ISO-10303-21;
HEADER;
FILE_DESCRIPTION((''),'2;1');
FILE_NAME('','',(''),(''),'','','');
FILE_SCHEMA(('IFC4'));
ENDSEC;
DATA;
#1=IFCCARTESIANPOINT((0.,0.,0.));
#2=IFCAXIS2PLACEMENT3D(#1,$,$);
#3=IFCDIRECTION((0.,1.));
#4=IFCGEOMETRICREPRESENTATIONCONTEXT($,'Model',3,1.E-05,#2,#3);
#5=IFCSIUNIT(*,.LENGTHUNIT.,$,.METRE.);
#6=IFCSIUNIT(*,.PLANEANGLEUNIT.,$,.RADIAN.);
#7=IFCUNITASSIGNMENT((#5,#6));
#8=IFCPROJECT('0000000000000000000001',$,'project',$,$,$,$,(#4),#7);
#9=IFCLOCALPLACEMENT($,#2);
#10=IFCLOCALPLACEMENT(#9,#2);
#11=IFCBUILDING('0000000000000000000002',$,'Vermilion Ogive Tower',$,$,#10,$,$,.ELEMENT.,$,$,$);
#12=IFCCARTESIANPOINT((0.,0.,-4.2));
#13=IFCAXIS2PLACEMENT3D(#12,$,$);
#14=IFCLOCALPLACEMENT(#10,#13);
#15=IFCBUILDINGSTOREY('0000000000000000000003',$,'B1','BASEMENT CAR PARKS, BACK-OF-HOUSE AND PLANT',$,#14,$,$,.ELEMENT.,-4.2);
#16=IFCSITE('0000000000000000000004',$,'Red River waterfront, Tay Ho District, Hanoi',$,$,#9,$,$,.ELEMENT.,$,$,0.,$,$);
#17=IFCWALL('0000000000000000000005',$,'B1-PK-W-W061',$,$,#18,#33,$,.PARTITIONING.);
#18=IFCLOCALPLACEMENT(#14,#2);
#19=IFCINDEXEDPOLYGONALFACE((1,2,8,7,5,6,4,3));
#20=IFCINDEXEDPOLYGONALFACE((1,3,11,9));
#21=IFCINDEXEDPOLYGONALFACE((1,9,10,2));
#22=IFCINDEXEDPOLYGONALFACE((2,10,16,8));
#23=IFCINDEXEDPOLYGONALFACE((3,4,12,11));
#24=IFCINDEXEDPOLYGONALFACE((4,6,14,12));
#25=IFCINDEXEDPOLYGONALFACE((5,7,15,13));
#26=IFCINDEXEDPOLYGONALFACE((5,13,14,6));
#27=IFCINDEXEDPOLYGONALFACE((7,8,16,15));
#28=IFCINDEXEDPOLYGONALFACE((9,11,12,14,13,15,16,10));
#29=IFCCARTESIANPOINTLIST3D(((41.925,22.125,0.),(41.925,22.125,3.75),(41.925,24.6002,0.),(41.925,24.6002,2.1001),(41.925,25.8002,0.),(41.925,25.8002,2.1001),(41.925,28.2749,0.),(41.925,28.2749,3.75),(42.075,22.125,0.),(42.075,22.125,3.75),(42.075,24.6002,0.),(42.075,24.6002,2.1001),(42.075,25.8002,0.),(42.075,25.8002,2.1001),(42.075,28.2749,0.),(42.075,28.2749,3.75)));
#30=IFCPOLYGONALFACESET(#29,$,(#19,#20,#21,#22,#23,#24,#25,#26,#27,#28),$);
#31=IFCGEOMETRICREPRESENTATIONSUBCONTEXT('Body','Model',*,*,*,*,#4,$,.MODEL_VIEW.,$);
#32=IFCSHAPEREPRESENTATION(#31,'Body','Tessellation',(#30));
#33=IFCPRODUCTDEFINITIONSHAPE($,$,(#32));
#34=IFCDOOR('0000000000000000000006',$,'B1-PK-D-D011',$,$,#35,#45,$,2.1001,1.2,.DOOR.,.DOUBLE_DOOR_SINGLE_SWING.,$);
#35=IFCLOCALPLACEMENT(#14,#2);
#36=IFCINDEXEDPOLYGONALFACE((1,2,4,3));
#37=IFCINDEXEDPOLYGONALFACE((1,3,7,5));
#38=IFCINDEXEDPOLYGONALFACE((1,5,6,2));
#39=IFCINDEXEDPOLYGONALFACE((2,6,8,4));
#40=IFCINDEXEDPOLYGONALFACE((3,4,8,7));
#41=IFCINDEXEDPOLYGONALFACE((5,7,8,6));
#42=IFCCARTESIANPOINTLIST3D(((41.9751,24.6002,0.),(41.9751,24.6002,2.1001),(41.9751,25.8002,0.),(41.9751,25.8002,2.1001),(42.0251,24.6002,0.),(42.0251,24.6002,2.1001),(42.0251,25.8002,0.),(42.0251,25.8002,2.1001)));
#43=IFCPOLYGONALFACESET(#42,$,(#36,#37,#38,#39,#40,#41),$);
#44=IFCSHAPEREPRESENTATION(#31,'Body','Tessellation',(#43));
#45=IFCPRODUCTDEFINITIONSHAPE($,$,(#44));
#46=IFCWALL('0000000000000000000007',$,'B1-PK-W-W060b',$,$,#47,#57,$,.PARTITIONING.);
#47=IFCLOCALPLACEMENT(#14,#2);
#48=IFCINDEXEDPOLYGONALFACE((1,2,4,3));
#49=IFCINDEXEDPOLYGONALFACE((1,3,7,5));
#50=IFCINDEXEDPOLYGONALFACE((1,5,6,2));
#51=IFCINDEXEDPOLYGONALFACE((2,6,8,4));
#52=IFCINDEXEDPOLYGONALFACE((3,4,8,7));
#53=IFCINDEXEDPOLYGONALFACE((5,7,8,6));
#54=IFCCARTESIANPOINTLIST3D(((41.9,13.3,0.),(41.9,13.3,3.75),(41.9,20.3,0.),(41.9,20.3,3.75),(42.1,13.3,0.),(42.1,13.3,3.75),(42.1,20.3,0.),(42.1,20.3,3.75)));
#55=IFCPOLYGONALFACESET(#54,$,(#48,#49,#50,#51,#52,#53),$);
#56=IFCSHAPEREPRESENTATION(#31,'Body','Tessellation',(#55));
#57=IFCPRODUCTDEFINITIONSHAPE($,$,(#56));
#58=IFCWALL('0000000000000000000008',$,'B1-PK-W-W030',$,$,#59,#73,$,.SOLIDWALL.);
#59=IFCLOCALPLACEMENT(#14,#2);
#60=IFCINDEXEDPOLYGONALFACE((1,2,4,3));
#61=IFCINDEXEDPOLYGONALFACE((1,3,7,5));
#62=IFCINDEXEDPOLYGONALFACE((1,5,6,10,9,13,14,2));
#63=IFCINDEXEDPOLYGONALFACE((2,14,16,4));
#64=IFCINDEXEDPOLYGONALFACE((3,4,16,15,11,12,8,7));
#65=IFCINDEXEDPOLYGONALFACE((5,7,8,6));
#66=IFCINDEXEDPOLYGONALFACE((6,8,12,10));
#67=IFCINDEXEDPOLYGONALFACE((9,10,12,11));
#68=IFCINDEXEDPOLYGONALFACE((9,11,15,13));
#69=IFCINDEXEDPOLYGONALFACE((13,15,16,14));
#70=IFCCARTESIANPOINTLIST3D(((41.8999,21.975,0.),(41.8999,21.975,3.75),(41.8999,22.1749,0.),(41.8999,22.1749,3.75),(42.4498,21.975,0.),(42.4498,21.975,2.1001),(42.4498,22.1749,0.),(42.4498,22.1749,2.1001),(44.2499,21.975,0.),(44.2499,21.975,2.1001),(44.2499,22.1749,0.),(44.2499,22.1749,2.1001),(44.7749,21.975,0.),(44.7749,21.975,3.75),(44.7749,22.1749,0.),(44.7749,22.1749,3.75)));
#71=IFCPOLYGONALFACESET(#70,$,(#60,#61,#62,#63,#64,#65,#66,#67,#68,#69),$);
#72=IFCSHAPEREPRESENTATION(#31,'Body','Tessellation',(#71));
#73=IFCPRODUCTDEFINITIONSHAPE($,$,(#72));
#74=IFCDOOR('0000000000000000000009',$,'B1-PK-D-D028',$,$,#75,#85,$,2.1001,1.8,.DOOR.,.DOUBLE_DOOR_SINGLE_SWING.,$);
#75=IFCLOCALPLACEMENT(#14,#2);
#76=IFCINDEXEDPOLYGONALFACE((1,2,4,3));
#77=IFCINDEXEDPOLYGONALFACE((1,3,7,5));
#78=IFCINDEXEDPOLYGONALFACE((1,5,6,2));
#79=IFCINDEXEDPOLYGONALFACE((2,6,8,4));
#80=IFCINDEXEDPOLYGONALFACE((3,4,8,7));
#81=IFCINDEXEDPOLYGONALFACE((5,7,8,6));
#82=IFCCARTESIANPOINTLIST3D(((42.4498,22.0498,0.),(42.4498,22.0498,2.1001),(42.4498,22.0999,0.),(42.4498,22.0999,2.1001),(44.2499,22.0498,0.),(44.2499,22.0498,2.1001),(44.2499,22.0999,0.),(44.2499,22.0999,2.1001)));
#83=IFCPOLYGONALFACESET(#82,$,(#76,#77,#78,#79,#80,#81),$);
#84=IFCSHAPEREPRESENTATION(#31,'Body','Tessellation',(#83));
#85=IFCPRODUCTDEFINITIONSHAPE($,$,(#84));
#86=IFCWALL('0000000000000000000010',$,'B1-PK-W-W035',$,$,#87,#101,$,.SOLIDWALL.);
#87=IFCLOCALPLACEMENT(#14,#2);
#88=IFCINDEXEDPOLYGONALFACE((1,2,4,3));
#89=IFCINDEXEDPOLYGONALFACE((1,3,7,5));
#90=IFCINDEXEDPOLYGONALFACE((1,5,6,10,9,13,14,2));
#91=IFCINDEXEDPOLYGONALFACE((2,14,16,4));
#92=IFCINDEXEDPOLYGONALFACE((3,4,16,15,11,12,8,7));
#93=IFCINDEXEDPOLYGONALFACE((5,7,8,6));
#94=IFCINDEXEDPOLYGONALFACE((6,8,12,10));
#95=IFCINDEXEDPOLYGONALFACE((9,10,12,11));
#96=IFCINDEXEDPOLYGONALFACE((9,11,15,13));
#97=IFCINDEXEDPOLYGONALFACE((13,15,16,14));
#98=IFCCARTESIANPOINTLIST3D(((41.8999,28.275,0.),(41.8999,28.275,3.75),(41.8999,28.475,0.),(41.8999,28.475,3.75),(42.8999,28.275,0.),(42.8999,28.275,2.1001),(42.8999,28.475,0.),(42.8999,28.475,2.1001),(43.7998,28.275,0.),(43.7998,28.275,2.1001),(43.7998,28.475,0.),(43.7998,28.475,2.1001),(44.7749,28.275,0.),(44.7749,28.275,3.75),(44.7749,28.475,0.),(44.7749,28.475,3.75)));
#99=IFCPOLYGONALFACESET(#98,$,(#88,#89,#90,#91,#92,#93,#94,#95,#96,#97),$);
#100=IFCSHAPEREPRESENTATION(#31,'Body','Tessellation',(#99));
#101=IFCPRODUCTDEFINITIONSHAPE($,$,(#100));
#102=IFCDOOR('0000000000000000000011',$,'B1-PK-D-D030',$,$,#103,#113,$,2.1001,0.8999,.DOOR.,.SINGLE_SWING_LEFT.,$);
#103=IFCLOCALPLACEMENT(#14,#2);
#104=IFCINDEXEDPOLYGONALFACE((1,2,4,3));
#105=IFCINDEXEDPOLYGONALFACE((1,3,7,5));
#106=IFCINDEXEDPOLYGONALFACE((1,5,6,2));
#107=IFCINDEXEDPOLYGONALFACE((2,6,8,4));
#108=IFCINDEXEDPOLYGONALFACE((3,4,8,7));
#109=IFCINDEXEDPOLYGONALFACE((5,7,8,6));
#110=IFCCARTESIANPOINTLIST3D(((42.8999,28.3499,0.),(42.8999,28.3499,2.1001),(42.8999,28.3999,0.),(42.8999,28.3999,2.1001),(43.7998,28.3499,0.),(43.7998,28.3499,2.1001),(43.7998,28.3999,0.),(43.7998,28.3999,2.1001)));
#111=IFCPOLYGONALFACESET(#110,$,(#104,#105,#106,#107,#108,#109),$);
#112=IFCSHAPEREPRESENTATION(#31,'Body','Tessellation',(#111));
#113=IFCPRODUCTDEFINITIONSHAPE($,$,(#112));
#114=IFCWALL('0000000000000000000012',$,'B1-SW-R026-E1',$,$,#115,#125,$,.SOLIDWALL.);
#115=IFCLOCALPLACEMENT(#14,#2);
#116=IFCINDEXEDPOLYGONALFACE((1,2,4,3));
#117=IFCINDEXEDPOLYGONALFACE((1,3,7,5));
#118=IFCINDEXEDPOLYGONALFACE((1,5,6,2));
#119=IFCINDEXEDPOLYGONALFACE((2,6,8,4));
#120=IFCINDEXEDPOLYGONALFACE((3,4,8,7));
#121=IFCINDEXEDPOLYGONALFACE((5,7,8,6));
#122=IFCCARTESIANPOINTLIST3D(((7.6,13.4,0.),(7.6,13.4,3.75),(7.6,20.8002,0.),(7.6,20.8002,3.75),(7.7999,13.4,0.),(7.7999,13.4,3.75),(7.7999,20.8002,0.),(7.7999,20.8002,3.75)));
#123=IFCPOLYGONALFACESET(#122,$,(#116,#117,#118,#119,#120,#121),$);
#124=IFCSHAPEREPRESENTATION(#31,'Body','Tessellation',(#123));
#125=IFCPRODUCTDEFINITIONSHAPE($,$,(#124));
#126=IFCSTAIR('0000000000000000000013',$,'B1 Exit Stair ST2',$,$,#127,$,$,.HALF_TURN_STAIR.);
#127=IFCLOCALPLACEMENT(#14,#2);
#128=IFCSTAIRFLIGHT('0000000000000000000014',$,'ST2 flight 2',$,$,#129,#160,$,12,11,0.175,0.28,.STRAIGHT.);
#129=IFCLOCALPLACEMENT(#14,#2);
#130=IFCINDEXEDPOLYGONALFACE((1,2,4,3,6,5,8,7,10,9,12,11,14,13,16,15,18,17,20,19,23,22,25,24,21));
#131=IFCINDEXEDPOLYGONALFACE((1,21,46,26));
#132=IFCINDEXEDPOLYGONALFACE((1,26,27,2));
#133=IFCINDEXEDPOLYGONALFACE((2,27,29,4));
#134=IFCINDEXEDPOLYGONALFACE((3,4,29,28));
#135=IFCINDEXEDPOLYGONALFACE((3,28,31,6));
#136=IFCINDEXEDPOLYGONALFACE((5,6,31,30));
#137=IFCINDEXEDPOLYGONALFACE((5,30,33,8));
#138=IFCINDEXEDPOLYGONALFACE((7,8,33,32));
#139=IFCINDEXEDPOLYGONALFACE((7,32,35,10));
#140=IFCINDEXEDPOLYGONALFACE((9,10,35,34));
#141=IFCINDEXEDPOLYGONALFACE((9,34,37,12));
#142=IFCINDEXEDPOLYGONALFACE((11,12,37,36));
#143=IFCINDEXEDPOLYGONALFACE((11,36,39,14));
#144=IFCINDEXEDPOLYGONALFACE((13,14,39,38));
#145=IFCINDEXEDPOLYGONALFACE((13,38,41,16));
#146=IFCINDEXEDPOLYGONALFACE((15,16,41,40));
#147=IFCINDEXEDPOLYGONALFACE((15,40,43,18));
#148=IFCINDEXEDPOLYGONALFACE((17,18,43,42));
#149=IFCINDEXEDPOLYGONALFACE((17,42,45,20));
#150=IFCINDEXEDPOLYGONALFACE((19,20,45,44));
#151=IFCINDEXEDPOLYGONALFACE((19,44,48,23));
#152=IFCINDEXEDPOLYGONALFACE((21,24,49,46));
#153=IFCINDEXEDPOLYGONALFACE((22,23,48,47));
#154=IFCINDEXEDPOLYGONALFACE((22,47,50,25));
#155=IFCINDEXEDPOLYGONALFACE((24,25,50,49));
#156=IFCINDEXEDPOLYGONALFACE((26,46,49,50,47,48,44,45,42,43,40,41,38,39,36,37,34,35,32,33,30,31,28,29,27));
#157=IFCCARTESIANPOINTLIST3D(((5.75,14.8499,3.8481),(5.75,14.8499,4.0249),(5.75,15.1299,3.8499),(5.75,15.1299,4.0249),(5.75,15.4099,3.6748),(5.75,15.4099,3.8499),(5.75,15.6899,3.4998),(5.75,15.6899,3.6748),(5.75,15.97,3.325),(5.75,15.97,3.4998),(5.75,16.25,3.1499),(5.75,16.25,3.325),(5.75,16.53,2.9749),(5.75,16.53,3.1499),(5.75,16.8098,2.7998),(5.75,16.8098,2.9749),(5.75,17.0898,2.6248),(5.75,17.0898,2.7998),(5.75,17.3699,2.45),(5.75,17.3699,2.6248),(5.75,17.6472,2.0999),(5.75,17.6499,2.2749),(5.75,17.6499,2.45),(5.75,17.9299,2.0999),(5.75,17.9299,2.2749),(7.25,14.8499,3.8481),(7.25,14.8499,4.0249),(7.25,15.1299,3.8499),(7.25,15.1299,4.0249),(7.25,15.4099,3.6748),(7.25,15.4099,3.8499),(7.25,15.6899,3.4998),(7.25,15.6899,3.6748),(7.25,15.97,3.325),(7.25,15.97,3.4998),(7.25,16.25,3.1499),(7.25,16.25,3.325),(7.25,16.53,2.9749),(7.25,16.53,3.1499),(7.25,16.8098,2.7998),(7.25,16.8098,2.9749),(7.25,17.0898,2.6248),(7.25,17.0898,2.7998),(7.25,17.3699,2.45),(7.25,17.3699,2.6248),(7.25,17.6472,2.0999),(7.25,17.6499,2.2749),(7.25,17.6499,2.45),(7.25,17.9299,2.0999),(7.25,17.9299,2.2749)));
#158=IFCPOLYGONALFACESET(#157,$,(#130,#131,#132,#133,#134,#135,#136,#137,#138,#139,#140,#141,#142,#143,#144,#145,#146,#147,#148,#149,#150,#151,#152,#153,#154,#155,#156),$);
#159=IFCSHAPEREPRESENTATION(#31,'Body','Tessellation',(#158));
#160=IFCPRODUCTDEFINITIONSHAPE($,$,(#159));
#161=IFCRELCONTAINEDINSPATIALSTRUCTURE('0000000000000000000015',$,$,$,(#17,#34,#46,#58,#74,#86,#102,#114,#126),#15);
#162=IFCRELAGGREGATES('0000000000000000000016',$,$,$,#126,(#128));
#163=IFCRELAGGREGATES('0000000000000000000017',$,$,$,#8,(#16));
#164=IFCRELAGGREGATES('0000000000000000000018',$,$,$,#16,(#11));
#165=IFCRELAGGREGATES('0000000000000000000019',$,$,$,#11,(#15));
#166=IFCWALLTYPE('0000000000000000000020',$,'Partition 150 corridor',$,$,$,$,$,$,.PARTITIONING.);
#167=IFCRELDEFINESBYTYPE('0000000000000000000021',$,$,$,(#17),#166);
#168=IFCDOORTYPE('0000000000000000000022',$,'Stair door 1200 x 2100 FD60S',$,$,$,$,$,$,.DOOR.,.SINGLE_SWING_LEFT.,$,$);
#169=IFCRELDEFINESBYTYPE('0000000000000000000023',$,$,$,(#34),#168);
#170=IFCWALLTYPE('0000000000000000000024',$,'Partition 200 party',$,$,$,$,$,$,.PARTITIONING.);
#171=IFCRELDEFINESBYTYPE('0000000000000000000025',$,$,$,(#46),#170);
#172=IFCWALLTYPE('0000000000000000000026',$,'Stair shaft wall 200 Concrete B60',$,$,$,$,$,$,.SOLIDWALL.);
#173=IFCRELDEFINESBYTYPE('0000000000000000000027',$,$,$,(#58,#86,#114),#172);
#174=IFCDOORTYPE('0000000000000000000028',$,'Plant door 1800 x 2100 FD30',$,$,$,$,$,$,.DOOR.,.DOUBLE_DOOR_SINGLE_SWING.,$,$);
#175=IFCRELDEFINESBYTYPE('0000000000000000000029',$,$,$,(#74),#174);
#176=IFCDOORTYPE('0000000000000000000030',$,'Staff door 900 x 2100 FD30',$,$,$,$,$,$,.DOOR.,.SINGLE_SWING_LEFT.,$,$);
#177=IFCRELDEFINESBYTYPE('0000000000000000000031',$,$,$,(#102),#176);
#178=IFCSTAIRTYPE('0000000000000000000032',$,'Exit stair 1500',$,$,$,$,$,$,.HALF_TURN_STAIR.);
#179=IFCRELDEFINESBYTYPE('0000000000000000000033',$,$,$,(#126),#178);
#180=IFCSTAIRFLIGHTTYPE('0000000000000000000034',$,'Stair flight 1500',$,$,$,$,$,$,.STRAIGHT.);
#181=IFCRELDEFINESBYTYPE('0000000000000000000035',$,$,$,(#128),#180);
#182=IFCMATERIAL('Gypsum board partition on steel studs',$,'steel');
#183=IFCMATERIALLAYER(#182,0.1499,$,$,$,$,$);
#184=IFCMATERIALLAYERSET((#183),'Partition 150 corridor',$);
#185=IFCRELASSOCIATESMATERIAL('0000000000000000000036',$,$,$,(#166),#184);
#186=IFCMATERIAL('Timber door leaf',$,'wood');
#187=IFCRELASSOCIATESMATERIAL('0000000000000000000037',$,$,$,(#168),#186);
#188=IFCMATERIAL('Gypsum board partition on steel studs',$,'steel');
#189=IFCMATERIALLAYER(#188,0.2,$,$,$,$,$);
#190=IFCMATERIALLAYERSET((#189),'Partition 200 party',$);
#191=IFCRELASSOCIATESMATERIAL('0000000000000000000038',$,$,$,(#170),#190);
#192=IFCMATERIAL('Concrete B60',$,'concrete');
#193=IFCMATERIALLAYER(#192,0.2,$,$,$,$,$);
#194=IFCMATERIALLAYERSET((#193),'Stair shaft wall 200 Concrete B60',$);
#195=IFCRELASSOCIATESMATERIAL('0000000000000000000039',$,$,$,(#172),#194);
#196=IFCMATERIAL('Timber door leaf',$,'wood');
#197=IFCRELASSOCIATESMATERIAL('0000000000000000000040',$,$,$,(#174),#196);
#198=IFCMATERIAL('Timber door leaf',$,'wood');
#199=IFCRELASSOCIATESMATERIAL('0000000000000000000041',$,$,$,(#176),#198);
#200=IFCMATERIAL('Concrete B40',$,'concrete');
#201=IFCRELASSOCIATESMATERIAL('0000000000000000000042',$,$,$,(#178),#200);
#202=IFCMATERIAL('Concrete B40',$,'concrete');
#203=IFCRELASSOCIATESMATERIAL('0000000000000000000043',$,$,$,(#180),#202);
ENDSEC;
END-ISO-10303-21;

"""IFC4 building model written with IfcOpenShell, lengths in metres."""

from ifc_helpers import new_model, si_unit, direction, frame, frame_2d, origin, place, context, subcontext, project, spatial, polyline, rectangle, outline, extrude, material, layer, layer_set, type_object, element, fill, aggregate, save


model = new_model("IFC4")

# Units and contexts
model_context = context("Model", 3, precision=1e-05, world=origin(), true_north=direction((0.0, 1.0)))
body_context = subcontext(model_context, "Body", "Model", "MODEL_VIEW")
ifc_project = project(units=[si_unit("LENGTHUNIT", "METRE"), si_unit("PLANEANGLEUNIT", "RADIAN")], contexts=[model_context])

# Site, building, storey
site_placement = place(None, origin())
site = spatial("IfcSite", under=ifc_project, at=site_placement, Name="Red River waterfront, Tay Ho District, Hanoi", CompositionType="ELEMENT", RefElevation=0.0)
building_placement = place(site_placement, origin())
building = spatial("IfcBuilding", under=site, at=building_placement, Name="Vermilion Ogive Tower", CompositionType="ELEMENT")
storey_placement = place(building_placement, frame((0.0, 0.0, -4.2)))
storey = spatial("IfcBuildingStorey", under=building, at=storey_placement, Name="B1", Description="BASEMENT CAR PARKS, BACK-OF-HOUSE AND PLANT", CompositionType="ELEMENT", Elevation=-4.2)

# Wall, opening, door
ifc_material_1 = material(Name="Gypsum board partition on steel studs", Category="steel")
ifc_layer_1 = layer(ifc_material_1, 0.1499)
ifc_layer_set_1 = layer_set([ifc_layer_1], Name="Partition 150 corridor")
wall_type_1 = type_object("IfcWallType", Name="Partition 150 corridor", PredefinedType="PARTITIONING", material=ifc_layer_set_1)
wall_1_placement = place(storey_placement, frame((42.0, 22.125, 0.0), z_axis=(0.0, 0.0, 1.0), x_axis=(0.0, 1.0, 0.0)))
wall_1 = element("IfcWall", 1, at=wall_1_placement, inside=storey, type_object=wall_type_1, Name="B1-PK-W-W061", PredefinedType="PARTITIONING", context=body_context, shape_type="SweptSolid", body=[
    extrude(rectangle(XDim=6.1499, YDim=0.1499, at=frame_2d((3.075, 0.0))), origin(), (0.0, 0.0, 1.0), 3.75),
])
opening_1_placement = place(wall_1_placement, frame((2.4751, 0.0, 0.0)))
opening_1 = element("IfcOpeningElement", 2, at=opening_1_placement, cuts=wall_1, PredefinedType="OPENING", context=body_context, shape_type="SweptSolid", body=[
    extrude(rectangle(XDim=1.2, YDim=2.1001, at=frame_2d((0.6001, 1.05))), frame((0.0, 0.085, 0.0), z_axis=(0.0, -1.0, 0.0), x_axis=(1.0, 0.0, 0.0)), (0.0, 0.0, 1.0), 0.1699),
])
ifc_material_2 = material(Name="Timber door leaf", Category="wood")
door_type_1 = type_object("IfcDoorType", Name="Stair door 1200 x 2100 FD60S", OperationType="SINGLE_SWING_LEFT", PredefinedType="DOOR", material=ifc_material_2)
door_1_placement = place(opening_1_placement, origin())
door_1 = element("IfcDoor", 3, at=door_1_placement, inside=storey, type_object=door_type_1, Name="B1-PK-D-D011", OperationType="DOUBLE_DOOR_SINGLE_SWING", OverallHeight=2.1001, OverallWidth=1.2, PredefinedType="DOOR", context=body_context, shape_type="SweptSolid", body=[
    extrude(rectangle(XDim=1.2, YDim=2.1001, at=frame_2d((0.6001, 1.05))), frame((0.0, 0.0249, 0.0), z_axis=(0.0, -1.0, 0.0), x_axis=(1.0, 0.0, 0.0)), (0.0, 0.0, 1.0), 0.05),
])
fill(opening_1, door_1)

# Wall
ifc_material_3 = material(Name="Gypsum board partition on steel studs", Category="steel")
ifc_layer_2 = layer(ifc_material_3, 0.2)
ifc_layer_set_2 = layer_set([ifc_layer_2], Name="Partition 200 party")
wall_type_2 = type_object("IfcWallType", Name="Partition 200 party", PredefinedType="PARTITIONING", material=ifc_layer_set_2)
wall_2_placement = place(storey_placement, frame((42.0, 13.3, 0.0), z_axis=(0.0, 0.0, 1.0), x_axis=(0.0, 1.0, 0.0)))
element("IfcWall", 4, at=wall_2_placement, inside=storey, type_object=wall_type_2, Name="B1-PK-W-W060b", PredefinedType="PARTITIONING", context=body_context, shape_type="SweptSolid", body=[
    extrude(rectangle(XDim=7.0, YDim=0.2, at=frame_2d((3.5, 0.0))), origin(), (0.0, 0.0, 1.0), 3.75),
])

# Walls, openings, doors
ifc_material_4 = material(Name="Concrete B60", Category="concrete")
ifc_layer_3 = layer(ifc_material_4, 0.2)
ifc_layer_set_3 = layer_set([ifc_layer_3], Name="Stair shaft wall 200 Concrete B60")
wall_type_3 = type_object("IfcWallType", Name="Stair shaft wall 200 Concrete B60", PredefinedType="SOLIDWALL", material=ifc_layer_set_3)
wall_3_placement = place(storey_placement, frame((41.8999, 22.075, 0.0), z_axis=(0.0, 0.0, 1.0), x_axis=(1.0, 0.0, 0.0)))
wall_3 = element("IfcWall", 5, at=wall_3_placement, inside=storey, type_object=wall_type_3, Name="B1-PK-W-W030", PredefinedType="SOLIDWALL", context=body_context, shape_type="SweptSolid", body=[
    extrude(rectangle(XDim=2.875, YDim=0.2, at=frame_2d((1.4375, 0.0))), origin(), (0.0, 0.0, 1.0), 3.75),
])
opening_2_placement = place(wall_3_placement, frame((0.55, 0.0, 0.0)))
opening_2 = element("IfcOpeningElement", 6, at=opening_2_placement, cuts=wall_3, PredefinedType="OPENING", context=body_context, shape_type="SweptSolid", body=[
    extrude(rectangle(XDim=1.8, YDim=2.1001, at=frame_2d((0.8999, 1.05))), frame((0.0, 0.1099, 0.0), z_axis=(0.0, -1.0, 0.0), x_axis=(1.0, 0.0, 0.0)), (0.0, 0.0, 1.0), 0.22),
])
ifc_material_5 = material(Name="Timber door leaf", Category="wood")
door_type_2 = type_object("IfcDoorType", Name="Plant door 1800 x 2100 FD30", OperationType="DOUBLE_DOOR_SINGLE_SWING", PredefinedType="DOOR", material=ifc_material_5)
door_2_placement = place(opening_2_placement, origin())
door_2 = element("IfcDoor", 7, at=door_2_placement, inside=storey, type_object=door_type_2, Name="B1-PK-D-D028", OperationType="DOUBLE_DOOR_SINGLE_SWING", OverallHeight=2.1001, OverallWidth=1.8, PredefinedType="DOOR", context=body_context, shape_type="SweptSolid", body=[
    extrude(rectangle(XDim=1.8, YDim=2.1001, at=frame_2d((0.8999, 1.05))), frame((0.0, 0.0249, 0.0), z_axis=(0.0, -1.0, 0.0), x_axis=(1.0, 0.0, 0.0)), (0.0, 0.0, 1.0), 0.05),
])
fill(opening_2, door_2)
wall_4_placement = place(storey_placement, frame((41.8999, 28.375, 0.0), z_axis=(0.0, 0.0, 1.0), x_axis=(1.0, 0.0, 0.0)))
wall_4 = element("IfcWall", 8, at=wall_4_placement, inside=storey, type_object=wall_type_3, Name="B1-PK-W-W035", PredefinedType="SOLIDWALL", context=body_context, shape_type="SweptSolid", body=[
    extrude(rectangle(XDim=2.875, YDim=0.2, at=frame_2d((1.4375, 0.0))), origin(), (0.0, 0.0, 1.0), 3.75),
])
opening_3_placement = place(wall_4_placement, frame((1.0, 0.0, 0.0)))
opening_3 = element("IfcOpeningElement", 9, at=opening_3_placement, cuts=wall_4, PredefinedType="OPENING", context=body_context, shape_type="SweptSolid", body=[
    extrude(rectangle(XDim=0.8999, YDim=2.1001, at=frame_2d((0.45, 1.05))), frame((0.0, 0.1099, 0.0), z_axis=(0.0, -1.0, 0.0), x_axis=(1.0, 0.0, 0.0)), (0.0, 0.0, 1.0), 0.22),
])
ifc_material_6 = material(Name="Timber door leaf", Category="wood")
door_type_3 = type_object("IfcDoorType", Name="Staff door 900 x 2100 FD30", OperationType="SINGLE_SWING_LEFT", PredefinedType="DOOR", material=ifc_material_6)
door_3_placement = place(opening_3_placement, origin())
door_3 = element("IfcDoor", 10, at=door_3_placement, inside=storey, type_object=door_type_3, Name="B1-PK-D-D030", OperationType="SINGLE_SWING_LEFT", OverallHeight=2.1001, OverallWidth=0.8999, PredefinedType="DOOR", context=body_context, shape_type="SweptSolid", body=[
    extrude(rectangle(XDim=0.8999, YDim=2.1001, at=frame_2d((0.45, 1.05))), frame((0.0, 0.0249, 0.0), z_axis=(0.0, -1.0, 0.0), x_axis=(1.0, 0.0, 0.0)), (0.0, 0.0, 1.0), 0.05),
])
fill(opening_3, door_3)

# Wall
wall_5_placement = place(storey_placement, frame((7.7, 13.3999, 0.0), z_axis=(0.0, 0.0, 1.0), x_axis=(0.0, 1.0, 0.0)))
element("IfcWall", 11, at=wall_5_placement, inside=storey, type_object=wall_type_3, Name="B1-SW-R026-E1", PredefinedType="SOLIDWALL", context=body_context, shape_type="SweptSolid", body=[
    extrude(rectangle(XDim=7.4001, YDim=0.2, at=frame_2d((3.7002, 0.0))), origin(), (0.0, 0.0, 1.0), 3.75),
])

# Stair, stair flight
ifc_material_7 = material(Name="Concrete B40", Category="concrete")
stair_type = type_object("IfcStairType", Name="Exit stair 1500", PredefinedType="HALF_TURN_STAIR", material=ifc_material_7)
stair_placement = place(storey_placement, origin())
stair = element("IfcStair", 12, at=stair_placement, inside=storey, type_object=stair_type, Name="B1 Exit Stair ST2", PredefinedType="HALF_TURN_STAIR")
ifc_material_8 = material(Name="Concrete B40", Category="concrete")
stair_flight_type = type_object("IfcStairFlightType", Name="Stair flight 1500", PredefinedType="STRAIGHT", material=ifc_material_8)
stair_flight_placement = place(storey_placement, frame((6.5, 17.9299, 2.0999), z_axis=(0.0, 0.0, 1.0), x_axis=(0.0, -1.0, 0.0)))
stair_flight = element("IfcStairFlight", 13, at=stair_flight_placement, type_object=stair_flight_type, Name="ST2 flight 2", NumberOfRisers=12, NumberOfTreads=11, PredefinedType="STRAIGHT", RiserHeight=0.175, TreadLength=0.28, context=body_context, shape_type="SweptSolid", body=[
    extrude(outline(polyline([(0.0, 0.0), (0.0, 0.175), (0.28, 0.175), (0.28, 0.3501), (0.5601, 0.3501), (0.5601, 0.5249), (0.8401, 0.5249), (0.8401, 0.7), (1.1201, 0.7), (1.1201, 0.875), (1.3999, 0.875), (1.3999, 1.05), (1.6799, 1.05), (1.6799, 1.2251), (1.96, 1.2251), (1.96, 1.3999), (2.24, 1.3999), (2.24, 1.575), (2.52, 1.575), (2.52, 1.75), (2.8, 1.75), (2.8, 1.925), (3.0801, 1.925), (3.0801, 2.1001), (3.0801, 1.7483), (0.2827, 0.0), (0.0, 0.0)])), frame((0.0, 0.75, 0.0), z_axis=(0.0, -1.0, 0.0), x_axis=(1.0, 0.0, 0.0)), (0.0, 0.0, 1.0), 1.5),
])
aggregate(stair, [stair_flight])

save(model, "model.ifc")
